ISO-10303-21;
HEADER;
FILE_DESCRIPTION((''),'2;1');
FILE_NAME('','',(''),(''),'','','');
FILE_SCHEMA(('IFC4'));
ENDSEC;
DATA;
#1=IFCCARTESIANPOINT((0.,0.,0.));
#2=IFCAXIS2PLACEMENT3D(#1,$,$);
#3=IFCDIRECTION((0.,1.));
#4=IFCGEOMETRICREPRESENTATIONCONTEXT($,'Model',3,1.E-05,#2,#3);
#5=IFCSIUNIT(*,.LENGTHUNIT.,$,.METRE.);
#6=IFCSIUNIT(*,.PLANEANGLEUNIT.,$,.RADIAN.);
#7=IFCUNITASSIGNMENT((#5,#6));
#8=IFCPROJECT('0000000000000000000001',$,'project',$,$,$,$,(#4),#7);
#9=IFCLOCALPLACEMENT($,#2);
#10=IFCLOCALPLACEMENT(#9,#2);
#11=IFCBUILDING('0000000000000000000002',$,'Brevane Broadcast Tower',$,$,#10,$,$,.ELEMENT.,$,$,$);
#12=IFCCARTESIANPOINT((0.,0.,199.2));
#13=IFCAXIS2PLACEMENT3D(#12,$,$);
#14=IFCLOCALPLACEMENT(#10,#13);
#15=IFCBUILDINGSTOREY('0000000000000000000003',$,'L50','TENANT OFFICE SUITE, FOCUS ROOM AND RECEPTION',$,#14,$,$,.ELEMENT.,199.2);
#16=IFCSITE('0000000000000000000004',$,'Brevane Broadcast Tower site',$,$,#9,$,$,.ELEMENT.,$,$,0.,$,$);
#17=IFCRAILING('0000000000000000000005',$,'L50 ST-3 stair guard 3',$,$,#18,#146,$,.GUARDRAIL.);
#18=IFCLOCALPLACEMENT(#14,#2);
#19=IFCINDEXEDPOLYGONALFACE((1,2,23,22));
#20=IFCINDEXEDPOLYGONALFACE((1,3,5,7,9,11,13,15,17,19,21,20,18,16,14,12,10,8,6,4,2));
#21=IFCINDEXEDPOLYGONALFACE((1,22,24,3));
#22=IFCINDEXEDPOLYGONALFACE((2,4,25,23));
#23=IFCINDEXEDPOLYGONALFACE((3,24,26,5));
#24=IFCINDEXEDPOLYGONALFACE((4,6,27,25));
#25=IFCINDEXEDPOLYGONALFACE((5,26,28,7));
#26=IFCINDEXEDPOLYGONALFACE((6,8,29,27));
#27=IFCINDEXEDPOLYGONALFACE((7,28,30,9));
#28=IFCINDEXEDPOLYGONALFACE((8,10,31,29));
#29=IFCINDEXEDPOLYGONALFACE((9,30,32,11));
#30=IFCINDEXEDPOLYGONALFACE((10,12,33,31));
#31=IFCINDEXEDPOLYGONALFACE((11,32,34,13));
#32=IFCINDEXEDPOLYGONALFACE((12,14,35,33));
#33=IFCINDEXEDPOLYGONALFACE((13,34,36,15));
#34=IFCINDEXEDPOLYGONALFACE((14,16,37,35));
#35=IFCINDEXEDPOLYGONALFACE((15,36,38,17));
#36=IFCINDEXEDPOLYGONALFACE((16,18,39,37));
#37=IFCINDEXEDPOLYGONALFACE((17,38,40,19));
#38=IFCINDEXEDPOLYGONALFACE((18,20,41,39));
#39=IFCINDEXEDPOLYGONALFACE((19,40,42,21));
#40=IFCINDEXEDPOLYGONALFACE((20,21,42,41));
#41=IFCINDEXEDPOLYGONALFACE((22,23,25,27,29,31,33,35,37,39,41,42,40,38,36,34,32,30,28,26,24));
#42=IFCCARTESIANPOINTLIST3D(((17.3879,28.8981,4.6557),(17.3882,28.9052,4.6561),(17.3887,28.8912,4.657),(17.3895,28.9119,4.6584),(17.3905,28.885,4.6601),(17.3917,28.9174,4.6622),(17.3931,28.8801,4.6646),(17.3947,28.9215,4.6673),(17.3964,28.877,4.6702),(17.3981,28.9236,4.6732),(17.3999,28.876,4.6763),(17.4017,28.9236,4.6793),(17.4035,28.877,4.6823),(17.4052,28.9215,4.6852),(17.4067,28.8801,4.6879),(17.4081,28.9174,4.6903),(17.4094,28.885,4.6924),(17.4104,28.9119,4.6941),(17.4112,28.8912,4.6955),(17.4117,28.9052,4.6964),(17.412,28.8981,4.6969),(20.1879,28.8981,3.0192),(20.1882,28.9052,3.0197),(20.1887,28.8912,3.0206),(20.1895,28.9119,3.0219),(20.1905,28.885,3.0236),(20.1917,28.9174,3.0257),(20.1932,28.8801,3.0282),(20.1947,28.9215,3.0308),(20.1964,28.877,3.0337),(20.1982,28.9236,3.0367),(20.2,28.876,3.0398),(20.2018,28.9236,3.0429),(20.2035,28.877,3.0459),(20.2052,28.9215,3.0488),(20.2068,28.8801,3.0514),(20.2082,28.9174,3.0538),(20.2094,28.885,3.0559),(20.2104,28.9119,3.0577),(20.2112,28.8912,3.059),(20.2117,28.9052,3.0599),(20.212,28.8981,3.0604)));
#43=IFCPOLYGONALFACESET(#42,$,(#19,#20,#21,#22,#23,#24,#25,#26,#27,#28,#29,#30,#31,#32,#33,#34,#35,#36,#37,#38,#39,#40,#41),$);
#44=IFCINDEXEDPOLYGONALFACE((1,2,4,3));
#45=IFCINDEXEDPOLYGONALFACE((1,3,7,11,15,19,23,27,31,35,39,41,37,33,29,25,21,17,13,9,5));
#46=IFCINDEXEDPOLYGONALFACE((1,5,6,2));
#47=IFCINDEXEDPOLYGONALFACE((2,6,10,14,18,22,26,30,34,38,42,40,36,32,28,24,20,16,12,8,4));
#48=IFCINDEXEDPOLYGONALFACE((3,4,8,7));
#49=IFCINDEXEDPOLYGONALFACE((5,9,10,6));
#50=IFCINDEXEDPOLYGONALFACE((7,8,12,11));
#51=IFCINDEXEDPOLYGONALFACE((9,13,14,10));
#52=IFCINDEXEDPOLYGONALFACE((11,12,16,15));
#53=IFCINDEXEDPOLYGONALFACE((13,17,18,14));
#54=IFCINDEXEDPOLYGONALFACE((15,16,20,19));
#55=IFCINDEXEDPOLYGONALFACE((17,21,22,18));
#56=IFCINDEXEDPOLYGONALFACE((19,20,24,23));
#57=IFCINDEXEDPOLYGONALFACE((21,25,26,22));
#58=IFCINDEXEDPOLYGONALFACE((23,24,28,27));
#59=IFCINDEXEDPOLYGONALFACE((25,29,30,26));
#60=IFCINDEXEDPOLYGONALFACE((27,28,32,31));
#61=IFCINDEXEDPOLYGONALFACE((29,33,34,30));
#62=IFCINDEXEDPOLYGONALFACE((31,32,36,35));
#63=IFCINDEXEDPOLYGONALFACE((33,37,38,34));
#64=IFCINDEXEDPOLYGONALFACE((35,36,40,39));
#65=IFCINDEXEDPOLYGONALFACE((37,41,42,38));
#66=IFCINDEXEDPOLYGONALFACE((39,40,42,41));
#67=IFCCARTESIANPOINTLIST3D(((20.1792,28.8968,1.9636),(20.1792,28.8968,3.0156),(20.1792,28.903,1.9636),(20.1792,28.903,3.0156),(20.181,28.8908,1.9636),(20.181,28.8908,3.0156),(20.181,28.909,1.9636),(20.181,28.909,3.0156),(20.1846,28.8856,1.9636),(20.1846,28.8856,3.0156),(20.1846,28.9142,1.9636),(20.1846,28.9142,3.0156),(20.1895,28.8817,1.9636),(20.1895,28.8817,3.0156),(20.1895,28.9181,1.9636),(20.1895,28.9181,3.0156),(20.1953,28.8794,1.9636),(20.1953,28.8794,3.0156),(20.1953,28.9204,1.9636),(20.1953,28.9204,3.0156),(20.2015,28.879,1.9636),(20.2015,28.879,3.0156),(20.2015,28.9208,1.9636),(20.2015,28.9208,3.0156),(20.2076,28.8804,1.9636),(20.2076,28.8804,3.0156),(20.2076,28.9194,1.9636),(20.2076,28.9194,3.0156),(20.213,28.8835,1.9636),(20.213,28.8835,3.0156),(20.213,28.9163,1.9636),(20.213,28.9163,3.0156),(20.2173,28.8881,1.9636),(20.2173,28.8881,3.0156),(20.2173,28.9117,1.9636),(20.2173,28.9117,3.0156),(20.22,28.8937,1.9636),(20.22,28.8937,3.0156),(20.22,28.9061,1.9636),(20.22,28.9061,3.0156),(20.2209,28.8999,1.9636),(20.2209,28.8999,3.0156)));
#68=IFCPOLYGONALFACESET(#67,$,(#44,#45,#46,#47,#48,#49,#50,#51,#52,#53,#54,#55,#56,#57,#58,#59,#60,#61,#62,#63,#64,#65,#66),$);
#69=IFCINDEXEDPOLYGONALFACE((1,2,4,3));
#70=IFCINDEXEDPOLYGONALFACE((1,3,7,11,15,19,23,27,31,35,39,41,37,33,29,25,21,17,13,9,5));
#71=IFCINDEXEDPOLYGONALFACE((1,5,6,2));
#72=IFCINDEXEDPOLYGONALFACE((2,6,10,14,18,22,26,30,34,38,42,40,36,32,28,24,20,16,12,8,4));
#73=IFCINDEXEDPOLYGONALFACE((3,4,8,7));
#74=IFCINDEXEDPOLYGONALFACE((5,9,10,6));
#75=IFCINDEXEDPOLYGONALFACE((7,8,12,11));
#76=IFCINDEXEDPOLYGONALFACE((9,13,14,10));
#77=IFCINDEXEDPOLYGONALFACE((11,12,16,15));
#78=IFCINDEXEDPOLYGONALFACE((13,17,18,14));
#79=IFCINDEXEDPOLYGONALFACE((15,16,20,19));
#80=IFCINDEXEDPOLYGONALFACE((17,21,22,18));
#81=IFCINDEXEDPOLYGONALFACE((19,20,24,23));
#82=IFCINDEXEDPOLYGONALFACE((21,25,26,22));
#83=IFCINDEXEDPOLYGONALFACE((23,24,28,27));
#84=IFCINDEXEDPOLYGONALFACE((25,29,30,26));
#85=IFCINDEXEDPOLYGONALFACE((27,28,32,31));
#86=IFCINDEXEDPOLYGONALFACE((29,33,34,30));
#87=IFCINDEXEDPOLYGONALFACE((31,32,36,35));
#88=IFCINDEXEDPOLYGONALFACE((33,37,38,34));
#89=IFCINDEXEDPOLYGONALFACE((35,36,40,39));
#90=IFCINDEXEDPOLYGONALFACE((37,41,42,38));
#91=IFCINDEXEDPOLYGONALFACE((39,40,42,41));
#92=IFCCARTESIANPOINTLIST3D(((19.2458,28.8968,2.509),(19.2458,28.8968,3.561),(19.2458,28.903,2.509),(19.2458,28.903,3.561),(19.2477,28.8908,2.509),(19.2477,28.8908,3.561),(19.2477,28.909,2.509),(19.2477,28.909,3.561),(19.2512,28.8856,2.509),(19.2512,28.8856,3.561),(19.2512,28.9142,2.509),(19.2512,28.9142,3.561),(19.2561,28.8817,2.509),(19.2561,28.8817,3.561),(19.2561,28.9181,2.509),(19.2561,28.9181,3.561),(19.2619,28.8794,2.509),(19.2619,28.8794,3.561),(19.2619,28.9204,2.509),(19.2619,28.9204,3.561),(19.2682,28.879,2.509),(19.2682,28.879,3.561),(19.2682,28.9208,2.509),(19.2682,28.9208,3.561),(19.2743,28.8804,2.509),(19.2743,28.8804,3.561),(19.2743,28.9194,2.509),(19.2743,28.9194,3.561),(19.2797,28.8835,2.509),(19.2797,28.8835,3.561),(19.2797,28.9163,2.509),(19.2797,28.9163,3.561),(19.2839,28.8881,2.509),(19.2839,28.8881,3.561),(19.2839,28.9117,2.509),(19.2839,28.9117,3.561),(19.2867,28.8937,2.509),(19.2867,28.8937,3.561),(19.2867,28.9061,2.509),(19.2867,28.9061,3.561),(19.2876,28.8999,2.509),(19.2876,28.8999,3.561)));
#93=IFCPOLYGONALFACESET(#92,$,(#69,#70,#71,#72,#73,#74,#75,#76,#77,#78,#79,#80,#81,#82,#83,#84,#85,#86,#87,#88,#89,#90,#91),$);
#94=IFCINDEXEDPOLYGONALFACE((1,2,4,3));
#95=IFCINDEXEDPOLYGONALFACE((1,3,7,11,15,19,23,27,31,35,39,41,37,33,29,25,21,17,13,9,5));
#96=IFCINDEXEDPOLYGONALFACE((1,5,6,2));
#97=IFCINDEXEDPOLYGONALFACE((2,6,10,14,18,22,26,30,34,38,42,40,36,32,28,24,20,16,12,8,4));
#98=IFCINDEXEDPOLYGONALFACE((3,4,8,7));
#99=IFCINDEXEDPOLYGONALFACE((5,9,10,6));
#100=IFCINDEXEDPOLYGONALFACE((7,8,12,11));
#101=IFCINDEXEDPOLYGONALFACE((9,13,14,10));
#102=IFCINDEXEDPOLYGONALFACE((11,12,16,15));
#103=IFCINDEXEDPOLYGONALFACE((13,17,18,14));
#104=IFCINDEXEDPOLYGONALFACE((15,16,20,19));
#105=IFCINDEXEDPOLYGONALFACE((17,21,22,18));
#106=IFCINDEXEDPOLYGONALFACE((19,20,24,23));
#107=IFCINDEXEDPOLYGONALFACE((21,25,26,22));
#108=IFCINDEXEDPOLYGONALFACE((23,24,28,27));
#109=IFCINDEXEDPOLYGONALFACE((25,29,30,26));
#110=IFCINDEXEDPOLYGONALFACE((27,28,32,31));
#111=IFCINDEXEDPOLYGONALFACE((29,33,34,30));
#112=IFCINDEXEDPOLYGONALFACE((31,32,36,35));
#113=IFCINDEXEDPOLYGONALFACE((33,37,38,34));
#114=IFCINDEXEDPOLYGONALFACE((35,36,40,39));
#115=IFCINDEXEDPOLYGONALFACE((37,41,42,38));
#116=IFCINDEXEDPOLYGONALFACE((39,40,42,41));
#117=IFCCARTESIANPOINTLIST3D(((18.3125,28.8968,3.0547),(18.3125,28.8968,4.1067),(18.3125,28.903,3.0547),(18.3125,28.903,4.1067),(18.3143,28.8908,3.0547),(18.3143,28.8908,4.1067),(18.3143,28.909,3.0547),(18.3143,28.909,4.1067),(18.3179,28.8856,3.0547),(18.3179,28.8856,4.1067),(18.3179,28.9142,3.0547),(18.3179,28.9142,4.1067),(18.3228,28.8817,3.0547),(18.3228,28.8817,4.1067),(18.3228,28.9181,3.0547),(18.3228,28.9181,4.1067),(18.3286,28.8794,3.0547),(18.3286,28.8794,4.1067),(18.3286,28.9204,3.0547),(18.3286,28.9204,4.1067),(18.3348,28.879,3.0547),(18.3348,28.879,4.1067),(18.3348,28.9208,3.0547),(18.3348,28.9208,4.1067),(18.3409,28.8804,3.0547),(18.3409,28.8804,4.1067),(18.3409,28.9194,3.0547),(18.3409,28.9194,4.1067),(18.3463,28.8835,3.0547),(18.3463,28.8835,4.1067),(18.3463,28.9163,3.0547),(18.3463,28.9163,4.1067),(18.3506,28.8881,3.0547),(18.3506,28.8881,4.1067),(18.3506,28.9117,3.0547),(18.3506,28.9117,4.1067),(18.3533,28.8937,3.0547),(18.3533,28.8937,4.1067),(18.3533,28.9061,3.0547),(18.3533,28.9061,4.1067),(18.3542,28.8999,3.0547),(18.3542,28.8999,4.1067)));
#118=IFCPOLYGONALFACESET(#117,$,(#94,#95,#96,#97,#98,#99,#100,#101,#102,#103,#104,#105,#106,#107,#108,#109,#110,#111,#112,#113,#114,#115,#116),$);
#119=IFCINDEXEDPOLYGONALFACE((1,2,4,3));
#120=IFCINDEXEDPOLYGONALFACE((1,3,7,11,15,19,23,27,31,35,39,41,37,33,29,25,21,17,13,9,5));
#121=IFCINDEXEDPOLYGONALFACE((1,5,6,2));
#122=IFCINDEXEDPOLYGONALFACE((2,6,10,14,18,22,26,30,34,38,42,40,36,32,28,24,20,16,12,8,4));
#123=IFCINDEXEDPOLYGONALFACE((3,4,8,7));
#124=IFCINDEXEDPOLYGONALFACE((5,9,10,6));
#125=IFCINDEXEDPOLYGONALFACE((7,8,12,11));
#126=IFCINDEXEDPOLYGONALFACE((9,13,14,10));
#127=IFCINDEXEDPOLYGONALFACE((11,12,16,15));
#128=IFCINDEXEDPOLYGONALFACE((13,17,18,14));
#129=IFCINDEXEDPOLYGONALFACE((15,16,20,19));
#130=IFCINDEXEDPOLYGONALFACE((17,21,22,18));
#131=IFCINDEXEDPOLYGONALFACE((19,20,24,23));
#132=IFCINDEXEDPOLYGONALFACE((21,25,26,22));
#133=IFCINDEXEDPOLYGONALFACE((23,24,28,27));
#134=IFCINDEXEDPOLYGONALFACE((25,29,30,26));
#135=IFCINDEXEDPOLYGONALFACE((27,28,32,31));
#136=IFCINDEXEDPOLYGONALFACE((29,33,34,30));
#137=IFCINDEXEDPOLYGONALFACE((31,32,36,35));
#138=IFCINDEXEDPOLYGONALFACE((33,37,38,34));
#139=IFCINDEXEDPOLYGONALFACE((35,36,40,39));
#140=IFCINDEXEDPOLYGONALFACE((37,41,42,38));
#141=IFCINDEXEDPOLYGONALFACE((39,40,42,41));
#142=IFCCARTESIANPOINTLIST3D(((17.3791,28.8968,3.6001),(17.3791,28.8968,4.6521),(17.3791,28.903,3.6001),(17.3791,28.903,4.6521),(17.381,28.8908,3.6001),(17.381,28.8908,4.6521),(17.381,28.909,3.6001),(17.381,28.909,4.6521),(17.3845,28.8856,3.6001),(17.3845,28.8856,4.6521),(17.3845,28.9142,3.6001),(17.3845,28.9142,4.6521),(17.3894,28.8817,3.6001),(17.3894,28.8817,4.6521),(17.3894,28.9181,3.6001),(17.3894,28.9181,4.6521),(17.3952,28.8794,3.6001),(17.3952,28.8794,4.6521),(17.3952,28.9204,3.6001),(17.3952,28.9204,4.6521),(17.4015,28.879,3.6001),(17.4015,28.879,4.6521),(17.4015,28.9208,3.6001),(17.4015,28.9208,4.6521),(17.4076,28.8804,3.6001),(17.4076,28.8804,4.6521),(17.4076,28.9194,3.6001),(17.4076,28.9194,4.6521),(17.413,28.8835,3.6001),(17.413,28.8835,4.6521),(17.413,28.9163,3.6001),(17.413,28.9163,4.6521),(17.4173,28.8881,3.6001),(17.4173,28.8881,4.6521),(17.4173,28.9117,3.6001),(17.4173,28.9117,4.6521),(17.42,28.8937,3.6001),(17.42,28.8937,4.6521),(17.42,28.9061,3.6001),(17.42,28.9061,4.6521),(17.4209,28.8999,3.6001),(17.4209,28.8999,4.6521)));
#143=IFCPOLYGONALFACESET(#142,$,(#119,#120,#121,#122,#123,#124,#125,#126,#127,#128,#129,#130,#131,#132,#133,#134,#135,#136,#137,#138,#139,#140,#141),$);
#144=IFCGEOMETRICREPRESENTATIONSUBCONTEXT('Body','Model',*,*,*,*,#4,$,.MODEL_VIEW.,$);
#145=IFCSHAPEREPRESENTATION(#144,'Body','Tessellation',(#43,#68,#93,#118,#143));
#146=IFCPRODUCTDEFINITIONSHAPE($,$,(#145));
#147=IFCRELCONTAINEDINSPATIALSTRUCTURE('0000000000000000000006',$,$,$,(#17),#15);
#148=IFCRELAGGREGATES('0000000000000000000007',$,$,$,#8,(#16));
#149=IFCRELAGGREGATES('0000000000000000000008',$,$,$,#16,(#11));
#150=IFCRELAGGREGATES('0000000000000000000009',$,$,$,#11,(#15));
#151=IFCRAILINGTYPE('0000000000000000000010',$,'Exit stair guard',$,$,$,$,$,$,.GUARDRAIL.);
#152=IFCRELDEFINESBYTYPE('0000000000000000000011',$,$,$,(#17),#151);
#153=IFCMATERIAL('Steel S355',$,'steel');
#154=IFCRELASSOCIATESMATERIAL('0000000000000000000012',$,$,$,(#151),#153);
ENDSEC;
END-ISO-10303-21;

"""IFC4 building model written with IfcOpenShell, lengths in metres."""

from ifc_helpers import new_model, si_unit, direction, frame, origin, origin_2d, place, context, subcontext, project, spatial, circle, extrude, material, type_object, element, save


model = new_model("IFC4")

# Units and contexts
model_context = context("Model", 3, precision=1e-05, world=origin(), true_north=direction((0.0, 1.0)))
body_context = subcontext(model_context, "Body", "Model", "MODEL_VIEW")
ifc_project = project(units=[si_unit("LENGTHUNIT", "METRE"), si_unit("PLANEANGLEUNIT", "RADIAN")], contexts=[model_context])

# Site, building, storey
site_placement = place(None, origin())
site = spatial("IfcSite", under=ifc_project, at=site_placement, Name="Brevane Broadcast Tower site", CompositionType="ELEMENT", RefElevation=0.0)
building_placement = place(site_placement, origin())
building = spatial("IfcBuilding", under=site, at=building_placement, Name="Brevane Broadcast Tower", CompositionType="ELEMENT")
storey_placement = place(building_placement, frame((0.0, 0.0, 199.2)))
storey = spatial("IfcBuildingStorey", under=building, at=storey_placement, Name="L50", Description="TENANT OFFICE SUITE, FOCUS ROOM AND RECEPTION", CompositionType="ELEMENT", Elevation=199.2)

# Railing
ifc_material_1 = material(Name="Steel S355", Category="steel")
railing_type_1 = type_object("IfcRailingType", Name="Exit stair guard", PredefinedType="GUARDRAIL", material=ifc_material_1)
railing_1_placement = place(storey_placement, frame((20.2, 28.8999, 1.9636)))
element("IfcRailing", 1, at=railing_1_placement, inside=storey, type_object=railing_type_1, Name="L50 ST-3 stair guard 3", PredefinedType="GUARDRAIL", context=body_context, shape_type="SweptSolid", body=[
    extrude(circle(Radius=0.0239, at=origin_2d()), frame((0.0, 0.0, 1.0762), z_axis=(-0.863361, 0.0, 0.504587), x_axis=(0.0, -1.0, 0.0)), (0.0, 0.0, 1.0), 3.2432),
    extrude(circle(Radius=0.021, at=origin_2d()), origin(), (0.0, 0.0, 1.0), 1.052),
    extrude(circle(Radius=0.021, at=origin_2d()), frame((-0.9333, 0.0, 0.5454)), (0.0, 0.0, 1.0), 1.052),
    extrude(circle(Radius=0.021, at=origin_2d()), frame((-1.8667, 0.0, 1.0911)), (0.0, 0.0, 1.0), 1.052),
    extrude(circle(Radius=0.021, at=origin_2d()), frame((-2.8, 0.0, 1.6365)), (0.0, 0.0, 1.0), 1.052),
])

save(model, "model.ifc")
